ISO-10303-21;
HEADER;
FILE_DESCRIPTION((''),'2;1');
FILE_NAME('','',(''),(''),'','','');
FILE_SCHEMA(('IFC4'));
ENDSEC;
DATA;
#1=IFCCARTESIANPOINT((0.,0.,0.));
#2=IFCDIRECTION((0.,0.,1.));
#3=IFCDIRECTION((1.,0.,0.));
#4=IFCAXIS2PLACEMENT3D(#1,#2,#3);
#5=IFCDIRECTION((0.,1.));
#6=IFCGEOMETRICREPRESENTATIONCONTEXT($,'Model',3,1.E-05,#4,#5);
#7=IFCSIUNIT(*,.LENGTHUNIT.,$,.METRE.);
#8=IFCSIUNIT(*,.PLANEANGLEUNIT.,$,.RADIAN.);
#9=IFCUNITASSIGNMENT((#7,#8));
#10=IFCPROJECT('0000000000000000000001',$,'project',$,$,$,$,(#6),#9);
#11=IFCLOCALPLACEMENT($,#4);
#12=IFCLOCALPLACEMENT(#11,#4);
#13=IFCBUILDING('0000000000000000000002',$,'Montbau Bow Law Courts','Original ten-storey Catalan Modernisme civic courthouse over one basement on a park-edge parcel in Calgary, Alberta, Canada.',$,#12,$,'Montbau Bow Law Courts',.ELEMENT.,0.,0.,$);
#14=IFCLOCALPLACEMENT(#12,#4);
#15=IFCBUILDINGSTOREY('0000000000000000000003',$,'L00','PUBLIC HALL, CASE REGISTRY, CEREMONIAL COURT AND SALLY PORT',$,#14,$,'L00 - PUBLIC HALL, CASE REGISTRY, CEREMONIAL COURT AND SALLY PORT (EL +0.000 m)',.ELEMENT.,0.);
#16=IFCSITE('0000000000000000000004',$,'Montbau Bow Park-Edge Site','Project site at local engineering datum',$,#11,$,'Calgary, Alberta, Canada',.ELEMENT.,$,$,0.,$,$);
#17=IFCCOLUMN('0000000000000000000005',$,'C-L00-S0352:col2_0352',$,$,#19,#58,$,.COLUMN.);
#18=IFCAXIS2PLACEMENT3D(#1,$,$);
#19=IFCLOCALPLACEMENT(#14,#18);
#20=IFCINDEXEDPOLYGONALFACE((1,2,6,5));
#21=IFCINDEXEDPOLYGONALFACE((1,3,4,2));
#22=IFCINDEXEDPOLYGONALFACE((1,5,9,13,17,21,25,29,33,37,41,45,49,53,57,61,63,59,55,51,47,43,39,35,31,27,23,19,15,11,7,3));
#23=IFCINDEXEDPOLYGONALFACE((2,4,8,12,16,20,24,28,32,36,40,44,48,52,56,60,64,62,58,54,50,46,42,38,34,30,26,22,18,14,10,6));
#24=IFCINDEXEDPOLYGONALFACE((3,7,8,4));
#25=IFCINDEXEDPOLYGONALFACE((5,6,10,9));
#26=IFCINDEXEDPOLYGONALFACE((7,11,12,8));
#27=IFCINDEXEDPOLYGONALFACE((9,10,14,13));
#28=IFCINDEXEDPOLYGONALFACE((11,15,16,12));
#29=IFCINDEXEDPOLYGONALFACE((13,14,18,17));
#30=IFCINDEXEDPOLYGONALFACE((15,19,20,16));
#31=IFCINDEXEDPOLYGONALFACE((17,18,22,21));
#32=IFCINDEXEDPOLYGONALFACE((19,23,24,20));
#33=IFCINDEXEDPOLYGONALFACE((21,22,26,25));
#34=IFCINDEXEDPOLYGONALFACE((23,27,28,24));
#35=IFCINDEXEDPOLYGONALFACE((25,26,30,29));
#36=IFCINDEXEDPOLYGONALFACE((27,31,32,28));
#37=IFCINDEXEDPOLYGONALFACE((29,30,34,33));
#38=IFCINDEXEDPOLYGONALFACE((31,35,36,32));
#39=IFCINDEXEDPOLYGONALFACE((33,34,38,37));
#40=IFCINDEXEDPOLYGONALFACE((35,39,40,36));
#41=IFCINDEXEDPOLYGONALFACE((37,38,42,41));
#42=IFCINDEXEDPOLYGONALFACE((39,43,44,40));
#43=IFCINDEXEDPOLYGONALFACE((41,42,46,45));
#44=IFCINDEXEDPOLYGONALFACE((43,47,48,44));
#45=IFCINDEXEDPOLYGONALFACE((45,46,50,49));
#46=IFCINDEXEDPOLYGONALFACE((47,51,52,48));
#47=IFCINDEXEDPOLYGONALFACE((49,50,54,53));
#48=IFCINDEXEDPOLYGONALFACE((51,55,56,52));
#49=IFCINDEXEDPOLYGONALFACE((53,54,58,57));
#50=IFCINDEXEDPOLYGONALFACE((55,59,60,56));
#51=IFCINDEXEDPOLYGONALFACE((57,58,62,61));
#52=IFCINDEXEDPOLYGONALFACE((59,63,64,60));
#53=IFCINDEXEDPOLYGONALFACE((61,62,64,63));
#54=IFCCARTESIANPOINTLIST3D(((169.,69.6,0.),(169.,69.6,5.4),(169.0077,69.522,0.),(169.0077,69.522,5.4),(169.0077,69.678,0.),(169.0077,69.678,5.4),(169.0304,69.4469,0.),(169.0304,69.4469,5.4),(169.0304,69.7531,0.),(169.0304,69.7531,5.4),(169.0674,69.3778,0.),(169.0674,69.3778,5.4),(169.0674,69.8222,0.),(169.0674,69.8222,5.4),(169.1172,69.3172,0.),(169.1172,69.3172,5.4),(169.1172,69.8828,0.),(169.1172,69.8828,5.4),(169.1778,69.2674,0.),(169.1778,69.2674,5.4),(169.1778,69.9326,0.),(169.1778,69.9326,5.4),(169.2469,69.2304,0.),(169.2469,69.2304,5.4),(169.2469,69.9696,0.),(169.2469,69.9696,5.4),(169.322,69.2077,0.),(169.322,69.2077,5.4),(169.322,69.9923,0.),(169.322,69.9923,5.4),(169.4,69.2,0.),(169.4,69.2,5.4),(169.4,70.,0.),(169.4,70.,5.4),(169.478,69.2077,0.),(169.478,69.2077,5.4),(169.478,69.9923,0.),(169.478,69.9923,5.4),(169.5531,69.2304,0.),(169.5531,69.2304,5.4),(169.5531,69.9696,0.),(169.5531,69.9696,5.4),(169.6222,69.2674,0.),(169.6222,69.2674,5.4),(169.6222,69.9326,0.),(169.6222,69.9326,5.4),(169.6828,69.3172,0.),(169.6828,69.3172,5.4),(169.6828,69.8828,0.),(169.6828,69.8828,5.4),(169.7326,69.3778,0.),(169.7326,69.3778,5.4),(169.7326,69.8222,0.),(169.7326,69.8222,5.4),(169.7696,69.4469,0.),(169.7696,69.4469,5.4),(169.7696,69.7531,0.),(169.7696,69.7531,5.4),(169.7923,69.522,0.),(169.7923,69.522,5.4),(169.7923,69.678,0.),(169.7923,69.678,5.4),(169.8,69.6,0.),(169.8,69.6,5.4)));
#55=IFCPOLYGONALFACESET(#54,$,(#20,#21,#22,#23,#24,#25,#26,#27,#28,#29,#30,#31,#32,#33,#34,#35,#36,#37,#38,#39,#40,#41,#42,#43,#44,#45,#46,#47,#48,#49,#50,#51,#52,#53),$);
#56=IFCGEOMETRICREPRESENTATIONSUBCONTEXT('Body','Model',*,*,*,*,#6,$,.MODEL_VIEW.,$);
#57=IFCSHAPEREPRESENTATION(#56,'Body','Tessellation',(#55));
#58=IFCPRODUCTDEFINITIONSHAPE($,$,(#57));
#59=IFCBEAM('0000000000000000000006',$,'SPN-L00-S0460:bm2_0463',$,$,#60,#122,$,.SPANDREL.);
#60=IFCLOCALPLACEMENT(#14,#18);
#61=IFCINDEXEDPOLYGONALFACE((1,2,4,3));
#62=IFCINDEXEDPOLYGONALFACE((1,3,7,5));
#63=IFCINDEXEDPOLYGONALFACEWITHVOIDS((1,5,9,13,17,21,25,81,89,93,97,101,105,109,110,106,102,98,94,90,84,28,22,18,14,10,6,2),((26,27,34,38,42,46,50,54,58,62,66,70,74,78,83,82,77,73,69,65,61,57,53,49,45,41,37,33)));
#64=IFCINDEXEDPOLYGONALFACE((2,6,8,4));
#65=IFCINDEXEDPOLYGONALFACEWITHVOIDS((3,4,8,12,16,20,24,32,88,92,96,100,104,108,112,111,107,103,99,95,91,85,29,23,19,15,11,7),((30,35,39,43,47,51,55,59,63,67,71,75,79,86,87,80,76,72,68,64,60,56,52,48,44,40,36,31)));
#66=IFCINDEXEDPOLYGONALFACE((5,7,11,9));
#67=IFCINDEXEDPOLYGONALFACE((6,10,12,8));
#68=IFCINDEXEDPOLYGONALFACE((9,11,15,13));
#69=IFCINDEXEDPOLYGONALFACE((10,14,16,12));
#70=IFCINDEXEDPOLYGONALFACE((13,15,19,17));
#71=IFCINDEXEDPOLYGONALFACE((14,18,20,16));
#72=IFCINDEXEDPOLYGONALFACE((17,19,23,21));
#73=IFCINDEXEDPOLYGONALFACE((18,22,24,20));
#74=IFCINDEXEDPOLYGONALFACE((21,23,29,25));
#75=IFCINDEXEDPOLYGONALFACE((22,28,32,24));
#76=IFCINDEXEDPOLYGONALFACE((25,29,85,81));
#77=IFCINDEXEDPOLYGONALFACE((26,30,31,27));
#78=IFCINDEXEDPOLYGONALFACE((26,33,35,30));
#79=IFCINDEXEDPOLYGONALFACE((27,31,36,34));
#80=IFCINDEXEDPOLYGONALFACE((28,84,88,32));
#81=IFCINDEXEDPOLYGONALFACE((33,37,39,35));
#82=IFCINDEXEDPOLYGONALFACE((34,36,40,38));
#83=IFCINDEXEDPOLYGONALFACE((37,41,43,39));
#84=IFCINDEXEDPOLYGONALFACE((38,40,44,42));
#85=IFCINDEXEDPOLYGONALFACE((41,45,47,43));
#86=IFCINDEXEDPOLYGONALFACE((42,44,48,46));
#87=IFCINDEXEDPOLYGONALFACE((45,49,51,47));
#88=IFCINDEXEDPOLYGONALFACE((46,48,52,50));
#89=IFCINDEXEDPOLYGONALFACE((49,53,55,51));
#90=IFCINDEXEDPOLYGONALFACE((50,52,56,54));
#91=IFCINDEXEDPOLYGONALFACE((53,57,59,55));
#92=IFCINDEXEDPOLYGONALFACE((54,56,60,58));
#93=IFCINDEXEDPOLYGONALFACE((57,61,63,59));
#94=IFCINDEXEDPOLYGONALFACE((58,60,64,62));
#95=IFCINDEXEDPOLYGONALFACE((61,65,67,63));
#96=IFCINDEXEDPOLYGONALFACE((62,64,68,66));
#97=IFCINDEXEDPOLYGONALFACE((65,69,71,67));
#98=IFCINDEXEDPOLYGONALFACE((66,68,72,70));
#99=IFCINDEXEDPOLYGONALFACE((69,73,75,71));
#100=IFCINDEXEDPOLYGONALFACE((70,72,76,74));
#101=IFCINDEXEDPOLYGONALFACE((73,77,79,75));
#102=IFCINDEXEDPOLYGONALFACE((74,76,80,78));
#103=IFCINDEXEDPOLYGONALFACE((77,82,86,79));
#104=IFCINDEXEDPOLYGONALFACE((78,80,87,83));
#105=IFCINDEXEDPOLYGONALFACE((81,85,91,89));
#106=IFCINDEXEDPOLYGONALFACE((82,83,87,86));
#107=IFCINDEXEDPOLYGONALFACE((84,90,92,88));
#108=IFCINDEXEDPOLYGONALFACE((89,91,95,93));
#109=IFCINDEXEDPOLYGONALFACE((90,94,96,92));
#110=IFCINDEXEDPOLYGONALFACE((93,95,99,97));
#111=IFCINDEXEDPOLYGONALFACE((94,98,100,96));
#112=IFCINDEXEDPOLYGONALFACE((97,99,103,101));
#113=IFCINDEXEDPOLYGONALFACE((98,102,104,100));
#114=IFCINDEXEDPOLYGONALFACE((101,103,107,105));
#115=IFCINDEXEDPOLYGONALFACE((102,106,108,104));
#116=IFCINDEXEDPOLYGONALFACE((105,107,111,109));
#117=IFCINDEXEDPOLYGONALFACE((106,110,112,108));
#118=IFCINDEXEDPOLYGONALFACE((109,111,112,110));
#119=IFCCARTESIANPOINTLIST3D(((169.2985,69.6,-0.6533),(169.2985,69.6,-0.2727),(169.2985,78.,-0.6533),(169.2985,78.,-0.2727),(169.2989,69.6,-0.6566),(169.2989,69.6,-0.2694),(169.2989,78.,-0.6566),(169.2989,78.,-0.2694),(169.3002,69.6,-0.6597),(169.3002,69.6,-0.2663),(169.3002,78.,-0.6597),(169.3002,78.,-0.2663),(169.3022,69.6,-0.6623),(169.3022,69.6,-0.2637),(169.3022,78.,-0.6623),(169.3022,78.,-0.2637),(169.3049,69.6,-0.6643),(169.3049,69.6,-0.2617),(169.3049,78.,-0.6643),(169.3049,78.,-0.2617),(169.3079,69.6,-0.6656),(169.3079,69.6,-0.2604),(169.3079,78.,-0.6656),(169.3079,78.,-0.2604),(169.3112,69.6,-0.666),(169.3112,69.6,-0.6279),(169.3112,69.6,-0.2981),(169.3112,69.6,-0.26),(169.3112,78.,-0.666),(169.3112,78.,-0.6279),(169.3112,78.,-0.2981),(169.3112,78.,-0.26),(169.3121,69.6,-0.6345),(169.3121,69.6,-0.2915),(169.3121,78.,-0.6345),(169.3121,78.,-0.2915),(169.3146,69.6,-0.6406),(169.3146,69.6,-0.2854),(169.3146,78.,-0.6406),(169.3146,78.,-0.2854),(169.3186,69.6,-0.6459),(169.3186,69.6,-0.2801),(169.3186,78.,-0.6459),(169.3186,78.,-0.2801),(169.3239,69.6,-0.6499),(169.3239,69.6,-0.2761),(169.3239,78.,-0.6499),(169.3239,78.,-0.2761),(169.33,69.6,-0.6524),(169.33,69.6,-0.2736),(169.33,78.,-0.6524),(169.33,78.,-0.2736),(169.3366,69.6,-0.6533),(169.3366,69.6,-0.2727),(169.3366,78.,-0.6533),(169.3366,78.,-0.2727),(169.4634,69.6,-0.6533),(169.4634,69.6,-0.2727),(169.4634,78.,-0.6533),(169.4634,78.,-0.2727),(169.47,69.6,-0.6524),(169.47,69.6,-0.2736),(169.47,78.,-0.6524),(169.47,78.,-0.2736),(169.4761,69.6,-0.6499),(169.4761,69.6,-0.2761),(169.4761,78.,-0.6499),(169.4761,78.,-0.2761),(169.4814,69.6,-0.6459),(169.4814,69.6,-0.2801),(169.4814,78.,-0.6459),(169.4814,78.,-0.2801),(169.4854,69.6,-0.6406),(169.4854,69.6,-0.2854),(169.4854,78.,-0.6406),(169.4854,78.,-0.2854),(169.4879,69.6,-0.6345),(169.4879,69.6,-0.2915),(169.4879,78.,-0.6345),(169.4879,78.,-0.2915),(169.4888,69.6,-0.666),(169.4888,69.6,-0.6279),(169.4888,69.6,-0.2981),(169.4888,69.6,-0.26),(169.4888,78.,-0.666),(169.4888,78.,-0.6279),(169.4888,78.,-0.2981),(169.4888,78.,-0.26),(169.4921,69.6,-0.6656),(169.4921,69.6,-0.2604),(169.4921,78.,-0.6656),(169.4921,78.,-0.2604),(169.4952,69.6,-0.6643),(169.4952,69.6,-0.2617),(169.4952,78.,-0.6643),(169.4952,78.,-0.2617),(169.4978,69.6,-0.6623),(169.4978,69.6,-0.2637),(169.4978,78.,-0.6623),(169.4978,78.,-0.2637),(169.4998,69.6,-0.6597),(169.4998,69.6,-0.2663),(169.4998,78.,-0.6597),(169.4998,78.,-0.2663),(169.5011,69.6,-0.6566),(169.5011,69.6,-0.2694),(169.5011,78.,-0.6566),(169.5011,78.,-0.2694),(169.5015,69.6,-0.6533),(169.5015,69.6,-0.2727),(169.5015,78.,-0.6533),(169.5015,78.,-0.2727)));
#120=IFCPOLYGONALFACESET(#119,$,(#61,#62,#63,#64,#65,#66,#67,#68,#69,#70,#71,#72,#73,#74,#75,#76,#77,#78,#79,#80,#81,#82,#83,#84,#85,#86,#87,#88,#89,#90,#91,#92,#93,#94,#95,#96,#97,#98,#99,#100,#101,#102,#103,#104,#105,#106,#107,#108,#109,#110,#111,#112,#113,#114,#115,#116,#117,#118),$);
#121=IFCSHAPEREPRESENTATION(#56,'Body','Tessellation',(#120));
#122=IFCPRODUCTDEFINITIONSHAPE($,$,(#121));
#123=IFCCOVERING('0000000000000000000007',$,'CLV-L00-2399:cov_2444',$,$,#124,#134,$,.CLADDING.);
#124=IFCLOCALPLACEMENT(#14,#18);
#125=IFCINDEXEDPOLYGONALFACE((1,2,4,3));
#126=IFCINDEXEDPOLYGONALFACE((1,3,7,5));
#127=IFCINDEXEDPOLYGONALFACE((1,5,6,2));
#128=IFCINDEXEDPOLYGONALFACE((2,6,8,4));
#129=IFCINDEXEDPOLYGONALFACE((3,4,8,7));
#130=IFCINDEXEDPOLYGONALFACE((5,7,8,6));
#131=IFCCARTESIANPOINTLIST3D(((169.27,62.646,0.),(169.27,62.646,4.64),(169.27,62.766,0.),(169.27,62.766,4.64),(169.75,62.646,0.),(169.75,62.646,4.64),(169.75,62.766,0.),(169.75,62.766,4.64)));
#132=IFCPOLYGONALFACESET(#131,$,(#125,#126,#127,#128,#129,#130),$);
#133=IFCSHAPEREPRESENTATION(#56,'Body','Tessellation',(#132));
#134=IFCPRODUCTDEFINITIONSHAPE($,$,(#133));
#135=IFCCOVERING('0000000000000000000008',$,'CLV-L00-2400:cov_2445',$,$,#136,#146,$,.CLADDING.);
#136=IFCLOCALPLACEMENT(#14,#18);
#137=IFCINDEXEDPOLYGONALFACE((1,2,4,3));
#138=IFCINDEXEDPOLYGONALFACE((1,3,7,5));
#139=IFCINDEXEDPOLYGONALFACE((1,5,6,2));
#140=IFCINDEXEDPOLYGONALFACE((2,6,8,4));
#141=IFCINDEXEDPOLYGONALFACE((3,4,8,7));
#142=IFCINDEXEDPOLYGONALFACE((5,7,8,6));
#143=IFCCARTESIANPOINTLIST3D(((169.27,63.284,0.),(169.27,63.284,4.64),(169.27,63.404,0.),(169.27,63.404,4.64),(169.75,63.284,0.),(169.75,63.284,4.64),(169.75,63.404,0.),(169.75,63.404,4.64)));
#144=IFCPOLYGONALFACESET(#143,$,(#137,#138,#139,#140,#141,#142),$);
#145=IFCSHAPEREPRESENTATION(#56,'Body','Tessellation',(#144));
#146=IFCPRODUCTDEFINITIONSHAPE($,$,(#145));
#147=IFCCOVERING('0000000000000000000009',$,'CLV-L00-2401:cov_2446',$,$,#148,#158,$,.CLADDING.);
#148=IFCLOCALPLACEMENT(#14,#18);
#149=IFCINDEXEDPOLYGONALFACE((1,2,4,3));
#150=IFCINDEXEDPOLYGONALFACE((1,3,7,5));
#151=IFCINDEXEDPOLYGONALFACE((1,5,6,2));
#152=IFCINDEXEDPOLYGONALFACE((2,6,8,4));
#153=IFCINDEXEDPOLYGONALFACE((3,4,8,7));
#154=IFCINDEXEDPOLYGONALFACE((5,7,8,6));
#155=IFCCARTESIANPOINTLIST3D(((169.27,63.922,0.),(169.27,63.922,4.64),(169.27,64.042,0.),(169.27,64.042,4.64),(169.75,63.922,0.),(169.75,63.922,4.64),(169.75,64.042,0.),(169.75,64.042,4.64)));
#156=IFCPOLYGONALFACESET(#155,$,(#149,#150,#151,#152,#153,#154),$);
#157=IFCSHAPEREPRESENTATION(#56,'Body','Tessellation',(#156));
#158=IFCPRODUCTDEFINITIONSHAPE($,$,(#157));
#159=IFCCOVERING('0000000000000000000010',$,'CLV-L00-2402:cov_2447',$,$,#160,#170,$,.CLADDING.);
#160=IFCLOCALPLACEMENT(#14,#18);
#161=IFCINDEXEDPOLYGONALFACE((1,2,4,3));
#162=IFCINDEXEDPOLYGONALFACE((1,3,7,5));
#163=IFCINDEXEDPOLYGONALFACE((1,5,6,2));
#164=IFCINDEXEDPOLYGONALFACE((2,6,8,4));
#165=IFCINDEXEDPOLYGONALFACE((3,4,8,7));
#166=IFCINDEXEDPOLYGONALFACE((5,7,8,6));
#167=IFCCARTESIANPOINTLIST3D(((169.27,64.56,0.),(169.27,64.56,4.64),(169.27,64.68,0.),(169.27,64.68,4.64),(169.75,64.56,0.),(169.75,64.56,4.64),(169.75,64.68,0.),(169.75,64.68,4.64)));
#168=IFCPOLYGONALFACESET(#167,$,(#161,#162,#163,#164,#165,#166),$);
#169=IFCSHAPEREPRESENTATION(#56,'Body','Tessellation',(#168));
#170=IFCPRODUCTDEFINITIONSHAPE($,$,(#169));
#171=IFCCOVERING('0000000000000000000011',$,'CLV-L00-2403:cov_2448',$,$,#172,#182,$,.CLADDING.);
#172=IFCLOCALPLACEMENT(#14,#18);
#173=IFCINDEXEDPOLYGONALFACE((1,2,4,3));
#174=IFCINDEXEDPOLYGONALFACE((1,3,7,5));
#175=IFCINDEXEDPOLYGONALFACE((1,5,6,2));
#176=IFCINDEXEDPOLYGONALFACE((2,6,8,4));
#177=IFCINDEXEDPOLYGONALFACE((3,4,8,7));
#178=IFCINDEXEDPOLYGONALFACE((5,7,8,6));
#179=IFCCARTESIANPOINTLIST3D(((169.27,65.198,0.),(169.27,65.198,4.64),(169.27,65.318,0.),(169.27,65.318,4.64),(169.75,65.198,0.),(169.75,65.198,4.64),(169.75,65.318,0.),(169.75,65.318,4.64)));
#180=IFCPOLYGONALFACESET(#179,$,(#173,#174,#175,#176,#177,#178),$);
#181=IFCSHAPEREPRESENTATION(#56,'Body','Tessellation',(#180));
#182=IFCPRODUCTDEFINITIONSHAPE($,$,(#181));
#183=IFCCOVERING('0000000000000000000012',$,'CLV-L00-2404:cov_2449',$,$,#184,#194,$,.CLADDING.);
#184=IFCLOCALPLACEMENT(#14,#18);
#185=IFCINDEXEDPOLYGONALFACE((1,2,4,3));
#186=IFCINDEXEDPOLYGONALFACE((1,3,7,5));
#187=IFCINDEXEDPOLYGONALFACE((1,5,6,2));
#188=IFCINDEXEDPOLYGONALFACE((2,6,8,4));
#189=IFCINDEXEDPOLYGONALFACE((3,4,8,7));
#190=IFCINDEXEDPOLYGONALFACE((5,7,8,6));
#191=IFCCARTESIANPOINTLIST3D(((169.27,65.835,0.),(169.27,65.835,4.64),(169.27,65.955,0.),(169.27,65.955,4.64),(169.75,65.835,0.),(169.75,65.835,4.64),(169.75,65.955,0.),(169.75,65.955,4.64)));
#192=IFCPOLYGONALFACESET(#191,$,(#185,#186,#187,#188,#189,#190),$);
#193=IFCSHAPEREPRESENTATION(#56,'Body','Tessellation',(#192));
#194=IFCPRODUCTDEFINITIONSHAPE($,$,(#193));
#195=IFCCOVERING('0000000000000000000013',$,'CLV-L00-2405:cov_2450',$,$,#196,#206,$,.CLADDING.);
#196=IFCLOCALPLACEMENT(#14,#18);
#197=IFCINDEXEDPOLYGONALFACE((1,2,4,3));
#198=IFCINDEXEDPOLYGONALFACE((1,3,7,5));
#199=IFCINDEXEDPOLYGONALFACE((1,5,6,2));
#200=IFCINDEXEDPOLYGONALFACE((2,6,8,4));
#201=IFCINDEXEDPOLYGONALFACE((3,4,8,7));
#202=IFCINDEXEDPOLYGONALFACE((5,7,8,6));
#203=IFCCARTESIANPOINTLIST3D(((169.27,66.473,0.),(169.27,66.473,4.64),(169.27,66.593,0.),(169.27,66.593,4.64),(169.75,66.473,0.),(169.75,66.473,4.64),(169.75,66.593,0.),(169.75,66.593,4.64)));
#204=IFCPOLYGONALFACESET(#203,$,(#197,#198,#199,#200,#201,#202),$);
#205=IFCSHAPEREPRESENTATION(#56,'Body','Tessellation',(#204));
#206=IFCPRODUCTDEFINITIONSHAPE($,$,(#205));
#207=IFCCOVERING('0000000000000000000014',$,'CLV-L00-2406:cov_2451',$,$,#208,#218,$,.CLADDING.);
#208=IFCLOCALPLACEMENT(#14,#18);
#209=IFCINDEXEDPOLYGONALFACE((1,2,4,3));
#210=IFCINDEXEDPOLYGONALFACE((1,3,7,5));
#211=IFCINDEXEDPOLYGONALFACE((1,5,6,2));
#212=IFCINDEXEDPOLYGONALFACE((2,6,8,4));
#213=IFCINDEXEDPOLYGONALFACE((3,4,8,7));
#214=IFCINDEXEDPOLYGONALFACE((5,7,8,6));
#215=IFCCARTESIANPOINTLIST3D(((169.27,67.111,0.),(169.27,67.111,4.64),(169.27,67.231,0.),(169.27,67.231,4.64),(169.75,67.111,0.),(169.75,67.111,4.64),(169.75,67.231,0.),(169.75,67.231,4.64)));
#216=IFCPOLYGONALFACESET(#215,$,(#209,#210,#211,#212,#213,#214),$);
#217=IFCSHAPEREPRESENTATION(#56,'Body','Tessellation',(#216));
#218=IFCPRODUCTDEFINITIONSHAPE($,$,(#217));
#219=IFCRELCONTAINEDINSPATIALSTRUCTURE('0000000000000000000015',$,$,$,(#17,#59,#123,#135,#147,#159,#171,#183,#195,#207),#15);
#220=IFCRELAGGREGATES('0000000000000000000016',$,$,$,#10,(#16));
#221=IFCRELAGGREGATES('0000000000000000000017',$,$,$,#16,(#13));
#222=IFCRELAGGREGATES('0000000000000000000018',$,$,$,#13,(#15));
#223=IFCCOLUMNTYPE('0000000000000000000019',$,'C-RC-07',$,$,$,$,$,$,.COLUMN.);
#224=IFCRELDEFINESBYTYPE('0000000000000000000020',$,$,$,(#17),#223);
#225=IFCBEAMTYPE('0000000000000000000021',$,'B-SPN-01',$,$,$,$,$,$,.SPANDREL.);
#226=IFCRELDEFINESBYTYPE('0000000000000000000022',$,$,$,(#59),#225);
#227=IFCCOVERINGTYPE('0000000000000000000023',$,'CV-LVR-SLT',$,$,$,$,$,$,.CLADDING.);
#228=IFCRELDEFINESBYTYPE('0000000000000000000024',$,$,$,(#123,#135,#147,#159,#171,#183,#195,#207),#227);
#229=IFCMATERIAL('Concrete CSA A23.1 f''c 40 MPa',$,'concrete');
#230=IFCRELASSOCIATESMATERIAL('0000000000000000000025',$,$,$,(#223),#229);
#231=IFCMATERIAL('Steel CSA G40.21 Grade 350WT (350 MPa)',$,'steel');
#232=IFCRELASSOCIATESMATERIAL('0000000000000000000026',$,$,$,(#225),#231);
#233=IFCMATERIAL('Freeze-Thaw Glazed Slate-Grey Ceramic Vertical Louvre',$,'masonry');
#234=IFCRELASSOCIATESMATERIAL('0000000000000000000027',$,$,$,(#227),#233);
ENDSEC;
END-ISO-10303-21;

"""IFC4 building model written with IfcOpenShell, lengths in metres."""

from ifc_helpers import new_model, si_unit, direction, frame, frame_2d, origin_with_axes, origin_2d_with_axis, place, context, subcontext, project, spatial, rectangle, hollow_rectangle, circle, extrude, material, material_profile, profile_set, type_object, element, save


model = new_model("IFC4")

# Units and contexts
model_context = context("Model", 3, precision=1e-05, world=origin_with_axes(), true_north=direction((0.0, 1.0)))
body_context = subcontext(model_context, "Body", "Model", "MODEL_VIEW")
ifc_project = project(units=[si_unit("LENGTHUNIT", "METRE"), si_unit("PLANEANGLEUNIT", "RADIAN")], contexts=[model_context])

# Site, building, storey
site_placement = place(None, origin_with_axes())
site = spatial("IfcSite", under=ifc_project, at=site_placement, Name="Montbau Bow Park-Edge Site", Description="Project site at local engineering datum", LongName="Calgary, Alberta, Canada", CompositionType="ELEMENT", RefElevation=0.0)
building_placement = place(site_placement, origin_with_axes())
building = spatial("IfcBuilding", under=site, at=building_placement, Name="Montbau Bow Law Courts", Description="Original ten-storey Catalan Modernisme civic courthouse over one basement on a park-edge parcel in Calgary, Alberta, Canada.", LongName="Montbau Bow Law Courts", CompositionType="ELEMENT", ElevationOfRefHeight=0.0, ElevationOfTerrain=0.0)
storey_placement = place(building_placement, origin_with_axes())
storey = spatial("IfcBuildingStorey", under=building, at=storey_placement, Name="L00", Description="PUBLIC HALL, CASE REGISTRY, CEREMONIAL COURT AND SALLY PORT", LongName="L00 - PUBLIC HALL, CASE REGISTRY, CEREMONIAL COURT AND SALLY PORT (EL +0.000 m)", CompositionType="ELEMENT", Elevation=0.0)

# Column
ifc_material_1 = material(Name="Concrete CSA A23.1 f'c 40 MPa", Category="concrete")
ifc_material_profile_1 = material_profile(ifc_material_1, circle(Radius=0.4, at=origin_2d_with_axis()), Name="RC800D", Category="Main", Priority=0)
ifc_profile_set_1 = profile_set([ifc_material_profile_1], Name="Concrete CSA A23.1 f'c 40 MPa")
column_type = type_object("IfcColumnType", Name="C-RC-07", PredefinedType="COLUMN", material=ifc_profile_set_1)
column_placement = place(None, frame((169.4, 69.6, 0.0), z_axis=(0.0, 0.0, 1.0), x_axis=(1.0, 0.0, 0.0)))
element("IfcColumn", 1, at=column_placement, inside=storey, type_object=column_type, Name="C-L00-S0352:col2_0352", PredefinedType="COLUMN", context=body_context, shape_type="SweptSolid", body=[
    extrude(circle(Radius=0.4, at=origin_2d_with_axis()), origin_with_axes(), (0.0, 0.0, 1.0), 5.4),
])

# Beam
ifc_material_2 = material(Name="Steel CSA G40.21 Grade 350WT (350 MPa)", Category="steel")
ifc_material_profile_2 = material_profile(ifc_material_2, hollow_rectangle(XDim=0.203, YDim=0.406, WallThickness=0.0127, InnerFilletRadius=0.0254, OuterFilletRadius=0.0127, at=origin_2d_with_axis()), Name="HSS406X203X13", Category="Main", Priority=0)
ifc_profile_set_2 = profile_set([ifc_material_profile_2], Name="Steel CSA G40.21 Grade 350WT (350 MPa)")
beam_type = type_object("IfcBeamType", Name="B-SPN-01", PredefinedType="SPANDREL", material=ifc_profile_set_2)
beam_placement = place(None, frame((169.4, 69.6, -0.463), z_axis=(0.0, 1.0, 0.0), x_axis=(-1.0, 0.0, 0.0)))
element("IfcBeam", 2, at=beam_placement, inside=storey, type_object=beam_type, Name="SPN-L00-S0460:bm2_0463", PredefinedType="SPANDREL", context=body_context, shape_type="SweptSolid", body=[
    extrude(hollow_rectangle(XDim=0.203, YDim=0.406, WallThickness=0.0127, InnerFilletRadius=0.0254, OuterFilletRadius=0.0127, at=origin_2d_with_axis()), origin_with_axes(), (0.0, 0.0, 1.0), 8.4),
])

# Coverings
ifc_material_3 = material(Name="Freeze-Thaw Glazed Slate-Grey Ceramic Vertical Louvre", Category="masonry")
covering_type = type_object("IfcCoveringType", Name="CV-LVR-SLT", PredefinedType="CLADDING", material=ifc_material_3)
for number, where, z_axis, x_axis, name in (
    (3, (169.27, 62.706, 0.0), (0.0, -1.0, 0.0), (1.0, 0.0, 0.0), "CLV-L00-2399:cov_2444"),
    (4, (169.27, 63.344, 0.0), (0.0, -1.0, 0.0), (1.0, 0.0, 0.0), "CLV-L00-2400:cov_2445"),
    (5, (169.27, 63.982, 0.0), (0.0, -1.0, 0.0), (1.0, 0.0, 0.0), "CLV-L00-2401:cov_2446"),
    (6, (169.27, 64.62, 0.0), (0.0, -1.0, 0.0), (1.0, 0.0, 0.0), "CLV-L00-2402:cov_2447"),
    (7, (169.27, 65.258, 0.0), (0.0, -1.0, 0.0), (1.0, 0.0, 0.0), "CLV-L00-2403:cov_2448"),
    (8, (169.27, 65.895, 0.0), (0.0, -1.0, 0.0), (1.0, 0.0, 0.0), "CLV-L00-2404:cov_2449"),
    (9, (169.27, 66.533, 0.0), (0.0, -1.0, 0.0), (1.0, 0.0, 0.0), "CLV-L00-2405:cov_2450"),
    (10, (169.27, 67.171, 0.0), (0.0, -1.0, 0.0), (1.0, 0.0, 0.0), "CLV-L00-2406:cov_2451"),
):
    element("IfcCovering", number, at=place(None, frame(where, z_axis=z_axis, x_axis=x_axis)), inside=storey, type_object=covering_type, Name=name, PredefinedType="CLADDING", context=body_context, shape_type="SweptSolid", body=[
        extrude(rectangle(XDim=0.48, YDim=4.64, at=frame_2d((0.24, 2.32), x_axis=(1.0, 0.0))), frame((0.0, 0.0, -0.06), z_axis=(0.0, 0.0, 1.0), x_axis=(1.0, 0.0, 0.0)), (0.0, 0.0, 1.0), 0.12),
    ])

save(model, "model.ifc")
